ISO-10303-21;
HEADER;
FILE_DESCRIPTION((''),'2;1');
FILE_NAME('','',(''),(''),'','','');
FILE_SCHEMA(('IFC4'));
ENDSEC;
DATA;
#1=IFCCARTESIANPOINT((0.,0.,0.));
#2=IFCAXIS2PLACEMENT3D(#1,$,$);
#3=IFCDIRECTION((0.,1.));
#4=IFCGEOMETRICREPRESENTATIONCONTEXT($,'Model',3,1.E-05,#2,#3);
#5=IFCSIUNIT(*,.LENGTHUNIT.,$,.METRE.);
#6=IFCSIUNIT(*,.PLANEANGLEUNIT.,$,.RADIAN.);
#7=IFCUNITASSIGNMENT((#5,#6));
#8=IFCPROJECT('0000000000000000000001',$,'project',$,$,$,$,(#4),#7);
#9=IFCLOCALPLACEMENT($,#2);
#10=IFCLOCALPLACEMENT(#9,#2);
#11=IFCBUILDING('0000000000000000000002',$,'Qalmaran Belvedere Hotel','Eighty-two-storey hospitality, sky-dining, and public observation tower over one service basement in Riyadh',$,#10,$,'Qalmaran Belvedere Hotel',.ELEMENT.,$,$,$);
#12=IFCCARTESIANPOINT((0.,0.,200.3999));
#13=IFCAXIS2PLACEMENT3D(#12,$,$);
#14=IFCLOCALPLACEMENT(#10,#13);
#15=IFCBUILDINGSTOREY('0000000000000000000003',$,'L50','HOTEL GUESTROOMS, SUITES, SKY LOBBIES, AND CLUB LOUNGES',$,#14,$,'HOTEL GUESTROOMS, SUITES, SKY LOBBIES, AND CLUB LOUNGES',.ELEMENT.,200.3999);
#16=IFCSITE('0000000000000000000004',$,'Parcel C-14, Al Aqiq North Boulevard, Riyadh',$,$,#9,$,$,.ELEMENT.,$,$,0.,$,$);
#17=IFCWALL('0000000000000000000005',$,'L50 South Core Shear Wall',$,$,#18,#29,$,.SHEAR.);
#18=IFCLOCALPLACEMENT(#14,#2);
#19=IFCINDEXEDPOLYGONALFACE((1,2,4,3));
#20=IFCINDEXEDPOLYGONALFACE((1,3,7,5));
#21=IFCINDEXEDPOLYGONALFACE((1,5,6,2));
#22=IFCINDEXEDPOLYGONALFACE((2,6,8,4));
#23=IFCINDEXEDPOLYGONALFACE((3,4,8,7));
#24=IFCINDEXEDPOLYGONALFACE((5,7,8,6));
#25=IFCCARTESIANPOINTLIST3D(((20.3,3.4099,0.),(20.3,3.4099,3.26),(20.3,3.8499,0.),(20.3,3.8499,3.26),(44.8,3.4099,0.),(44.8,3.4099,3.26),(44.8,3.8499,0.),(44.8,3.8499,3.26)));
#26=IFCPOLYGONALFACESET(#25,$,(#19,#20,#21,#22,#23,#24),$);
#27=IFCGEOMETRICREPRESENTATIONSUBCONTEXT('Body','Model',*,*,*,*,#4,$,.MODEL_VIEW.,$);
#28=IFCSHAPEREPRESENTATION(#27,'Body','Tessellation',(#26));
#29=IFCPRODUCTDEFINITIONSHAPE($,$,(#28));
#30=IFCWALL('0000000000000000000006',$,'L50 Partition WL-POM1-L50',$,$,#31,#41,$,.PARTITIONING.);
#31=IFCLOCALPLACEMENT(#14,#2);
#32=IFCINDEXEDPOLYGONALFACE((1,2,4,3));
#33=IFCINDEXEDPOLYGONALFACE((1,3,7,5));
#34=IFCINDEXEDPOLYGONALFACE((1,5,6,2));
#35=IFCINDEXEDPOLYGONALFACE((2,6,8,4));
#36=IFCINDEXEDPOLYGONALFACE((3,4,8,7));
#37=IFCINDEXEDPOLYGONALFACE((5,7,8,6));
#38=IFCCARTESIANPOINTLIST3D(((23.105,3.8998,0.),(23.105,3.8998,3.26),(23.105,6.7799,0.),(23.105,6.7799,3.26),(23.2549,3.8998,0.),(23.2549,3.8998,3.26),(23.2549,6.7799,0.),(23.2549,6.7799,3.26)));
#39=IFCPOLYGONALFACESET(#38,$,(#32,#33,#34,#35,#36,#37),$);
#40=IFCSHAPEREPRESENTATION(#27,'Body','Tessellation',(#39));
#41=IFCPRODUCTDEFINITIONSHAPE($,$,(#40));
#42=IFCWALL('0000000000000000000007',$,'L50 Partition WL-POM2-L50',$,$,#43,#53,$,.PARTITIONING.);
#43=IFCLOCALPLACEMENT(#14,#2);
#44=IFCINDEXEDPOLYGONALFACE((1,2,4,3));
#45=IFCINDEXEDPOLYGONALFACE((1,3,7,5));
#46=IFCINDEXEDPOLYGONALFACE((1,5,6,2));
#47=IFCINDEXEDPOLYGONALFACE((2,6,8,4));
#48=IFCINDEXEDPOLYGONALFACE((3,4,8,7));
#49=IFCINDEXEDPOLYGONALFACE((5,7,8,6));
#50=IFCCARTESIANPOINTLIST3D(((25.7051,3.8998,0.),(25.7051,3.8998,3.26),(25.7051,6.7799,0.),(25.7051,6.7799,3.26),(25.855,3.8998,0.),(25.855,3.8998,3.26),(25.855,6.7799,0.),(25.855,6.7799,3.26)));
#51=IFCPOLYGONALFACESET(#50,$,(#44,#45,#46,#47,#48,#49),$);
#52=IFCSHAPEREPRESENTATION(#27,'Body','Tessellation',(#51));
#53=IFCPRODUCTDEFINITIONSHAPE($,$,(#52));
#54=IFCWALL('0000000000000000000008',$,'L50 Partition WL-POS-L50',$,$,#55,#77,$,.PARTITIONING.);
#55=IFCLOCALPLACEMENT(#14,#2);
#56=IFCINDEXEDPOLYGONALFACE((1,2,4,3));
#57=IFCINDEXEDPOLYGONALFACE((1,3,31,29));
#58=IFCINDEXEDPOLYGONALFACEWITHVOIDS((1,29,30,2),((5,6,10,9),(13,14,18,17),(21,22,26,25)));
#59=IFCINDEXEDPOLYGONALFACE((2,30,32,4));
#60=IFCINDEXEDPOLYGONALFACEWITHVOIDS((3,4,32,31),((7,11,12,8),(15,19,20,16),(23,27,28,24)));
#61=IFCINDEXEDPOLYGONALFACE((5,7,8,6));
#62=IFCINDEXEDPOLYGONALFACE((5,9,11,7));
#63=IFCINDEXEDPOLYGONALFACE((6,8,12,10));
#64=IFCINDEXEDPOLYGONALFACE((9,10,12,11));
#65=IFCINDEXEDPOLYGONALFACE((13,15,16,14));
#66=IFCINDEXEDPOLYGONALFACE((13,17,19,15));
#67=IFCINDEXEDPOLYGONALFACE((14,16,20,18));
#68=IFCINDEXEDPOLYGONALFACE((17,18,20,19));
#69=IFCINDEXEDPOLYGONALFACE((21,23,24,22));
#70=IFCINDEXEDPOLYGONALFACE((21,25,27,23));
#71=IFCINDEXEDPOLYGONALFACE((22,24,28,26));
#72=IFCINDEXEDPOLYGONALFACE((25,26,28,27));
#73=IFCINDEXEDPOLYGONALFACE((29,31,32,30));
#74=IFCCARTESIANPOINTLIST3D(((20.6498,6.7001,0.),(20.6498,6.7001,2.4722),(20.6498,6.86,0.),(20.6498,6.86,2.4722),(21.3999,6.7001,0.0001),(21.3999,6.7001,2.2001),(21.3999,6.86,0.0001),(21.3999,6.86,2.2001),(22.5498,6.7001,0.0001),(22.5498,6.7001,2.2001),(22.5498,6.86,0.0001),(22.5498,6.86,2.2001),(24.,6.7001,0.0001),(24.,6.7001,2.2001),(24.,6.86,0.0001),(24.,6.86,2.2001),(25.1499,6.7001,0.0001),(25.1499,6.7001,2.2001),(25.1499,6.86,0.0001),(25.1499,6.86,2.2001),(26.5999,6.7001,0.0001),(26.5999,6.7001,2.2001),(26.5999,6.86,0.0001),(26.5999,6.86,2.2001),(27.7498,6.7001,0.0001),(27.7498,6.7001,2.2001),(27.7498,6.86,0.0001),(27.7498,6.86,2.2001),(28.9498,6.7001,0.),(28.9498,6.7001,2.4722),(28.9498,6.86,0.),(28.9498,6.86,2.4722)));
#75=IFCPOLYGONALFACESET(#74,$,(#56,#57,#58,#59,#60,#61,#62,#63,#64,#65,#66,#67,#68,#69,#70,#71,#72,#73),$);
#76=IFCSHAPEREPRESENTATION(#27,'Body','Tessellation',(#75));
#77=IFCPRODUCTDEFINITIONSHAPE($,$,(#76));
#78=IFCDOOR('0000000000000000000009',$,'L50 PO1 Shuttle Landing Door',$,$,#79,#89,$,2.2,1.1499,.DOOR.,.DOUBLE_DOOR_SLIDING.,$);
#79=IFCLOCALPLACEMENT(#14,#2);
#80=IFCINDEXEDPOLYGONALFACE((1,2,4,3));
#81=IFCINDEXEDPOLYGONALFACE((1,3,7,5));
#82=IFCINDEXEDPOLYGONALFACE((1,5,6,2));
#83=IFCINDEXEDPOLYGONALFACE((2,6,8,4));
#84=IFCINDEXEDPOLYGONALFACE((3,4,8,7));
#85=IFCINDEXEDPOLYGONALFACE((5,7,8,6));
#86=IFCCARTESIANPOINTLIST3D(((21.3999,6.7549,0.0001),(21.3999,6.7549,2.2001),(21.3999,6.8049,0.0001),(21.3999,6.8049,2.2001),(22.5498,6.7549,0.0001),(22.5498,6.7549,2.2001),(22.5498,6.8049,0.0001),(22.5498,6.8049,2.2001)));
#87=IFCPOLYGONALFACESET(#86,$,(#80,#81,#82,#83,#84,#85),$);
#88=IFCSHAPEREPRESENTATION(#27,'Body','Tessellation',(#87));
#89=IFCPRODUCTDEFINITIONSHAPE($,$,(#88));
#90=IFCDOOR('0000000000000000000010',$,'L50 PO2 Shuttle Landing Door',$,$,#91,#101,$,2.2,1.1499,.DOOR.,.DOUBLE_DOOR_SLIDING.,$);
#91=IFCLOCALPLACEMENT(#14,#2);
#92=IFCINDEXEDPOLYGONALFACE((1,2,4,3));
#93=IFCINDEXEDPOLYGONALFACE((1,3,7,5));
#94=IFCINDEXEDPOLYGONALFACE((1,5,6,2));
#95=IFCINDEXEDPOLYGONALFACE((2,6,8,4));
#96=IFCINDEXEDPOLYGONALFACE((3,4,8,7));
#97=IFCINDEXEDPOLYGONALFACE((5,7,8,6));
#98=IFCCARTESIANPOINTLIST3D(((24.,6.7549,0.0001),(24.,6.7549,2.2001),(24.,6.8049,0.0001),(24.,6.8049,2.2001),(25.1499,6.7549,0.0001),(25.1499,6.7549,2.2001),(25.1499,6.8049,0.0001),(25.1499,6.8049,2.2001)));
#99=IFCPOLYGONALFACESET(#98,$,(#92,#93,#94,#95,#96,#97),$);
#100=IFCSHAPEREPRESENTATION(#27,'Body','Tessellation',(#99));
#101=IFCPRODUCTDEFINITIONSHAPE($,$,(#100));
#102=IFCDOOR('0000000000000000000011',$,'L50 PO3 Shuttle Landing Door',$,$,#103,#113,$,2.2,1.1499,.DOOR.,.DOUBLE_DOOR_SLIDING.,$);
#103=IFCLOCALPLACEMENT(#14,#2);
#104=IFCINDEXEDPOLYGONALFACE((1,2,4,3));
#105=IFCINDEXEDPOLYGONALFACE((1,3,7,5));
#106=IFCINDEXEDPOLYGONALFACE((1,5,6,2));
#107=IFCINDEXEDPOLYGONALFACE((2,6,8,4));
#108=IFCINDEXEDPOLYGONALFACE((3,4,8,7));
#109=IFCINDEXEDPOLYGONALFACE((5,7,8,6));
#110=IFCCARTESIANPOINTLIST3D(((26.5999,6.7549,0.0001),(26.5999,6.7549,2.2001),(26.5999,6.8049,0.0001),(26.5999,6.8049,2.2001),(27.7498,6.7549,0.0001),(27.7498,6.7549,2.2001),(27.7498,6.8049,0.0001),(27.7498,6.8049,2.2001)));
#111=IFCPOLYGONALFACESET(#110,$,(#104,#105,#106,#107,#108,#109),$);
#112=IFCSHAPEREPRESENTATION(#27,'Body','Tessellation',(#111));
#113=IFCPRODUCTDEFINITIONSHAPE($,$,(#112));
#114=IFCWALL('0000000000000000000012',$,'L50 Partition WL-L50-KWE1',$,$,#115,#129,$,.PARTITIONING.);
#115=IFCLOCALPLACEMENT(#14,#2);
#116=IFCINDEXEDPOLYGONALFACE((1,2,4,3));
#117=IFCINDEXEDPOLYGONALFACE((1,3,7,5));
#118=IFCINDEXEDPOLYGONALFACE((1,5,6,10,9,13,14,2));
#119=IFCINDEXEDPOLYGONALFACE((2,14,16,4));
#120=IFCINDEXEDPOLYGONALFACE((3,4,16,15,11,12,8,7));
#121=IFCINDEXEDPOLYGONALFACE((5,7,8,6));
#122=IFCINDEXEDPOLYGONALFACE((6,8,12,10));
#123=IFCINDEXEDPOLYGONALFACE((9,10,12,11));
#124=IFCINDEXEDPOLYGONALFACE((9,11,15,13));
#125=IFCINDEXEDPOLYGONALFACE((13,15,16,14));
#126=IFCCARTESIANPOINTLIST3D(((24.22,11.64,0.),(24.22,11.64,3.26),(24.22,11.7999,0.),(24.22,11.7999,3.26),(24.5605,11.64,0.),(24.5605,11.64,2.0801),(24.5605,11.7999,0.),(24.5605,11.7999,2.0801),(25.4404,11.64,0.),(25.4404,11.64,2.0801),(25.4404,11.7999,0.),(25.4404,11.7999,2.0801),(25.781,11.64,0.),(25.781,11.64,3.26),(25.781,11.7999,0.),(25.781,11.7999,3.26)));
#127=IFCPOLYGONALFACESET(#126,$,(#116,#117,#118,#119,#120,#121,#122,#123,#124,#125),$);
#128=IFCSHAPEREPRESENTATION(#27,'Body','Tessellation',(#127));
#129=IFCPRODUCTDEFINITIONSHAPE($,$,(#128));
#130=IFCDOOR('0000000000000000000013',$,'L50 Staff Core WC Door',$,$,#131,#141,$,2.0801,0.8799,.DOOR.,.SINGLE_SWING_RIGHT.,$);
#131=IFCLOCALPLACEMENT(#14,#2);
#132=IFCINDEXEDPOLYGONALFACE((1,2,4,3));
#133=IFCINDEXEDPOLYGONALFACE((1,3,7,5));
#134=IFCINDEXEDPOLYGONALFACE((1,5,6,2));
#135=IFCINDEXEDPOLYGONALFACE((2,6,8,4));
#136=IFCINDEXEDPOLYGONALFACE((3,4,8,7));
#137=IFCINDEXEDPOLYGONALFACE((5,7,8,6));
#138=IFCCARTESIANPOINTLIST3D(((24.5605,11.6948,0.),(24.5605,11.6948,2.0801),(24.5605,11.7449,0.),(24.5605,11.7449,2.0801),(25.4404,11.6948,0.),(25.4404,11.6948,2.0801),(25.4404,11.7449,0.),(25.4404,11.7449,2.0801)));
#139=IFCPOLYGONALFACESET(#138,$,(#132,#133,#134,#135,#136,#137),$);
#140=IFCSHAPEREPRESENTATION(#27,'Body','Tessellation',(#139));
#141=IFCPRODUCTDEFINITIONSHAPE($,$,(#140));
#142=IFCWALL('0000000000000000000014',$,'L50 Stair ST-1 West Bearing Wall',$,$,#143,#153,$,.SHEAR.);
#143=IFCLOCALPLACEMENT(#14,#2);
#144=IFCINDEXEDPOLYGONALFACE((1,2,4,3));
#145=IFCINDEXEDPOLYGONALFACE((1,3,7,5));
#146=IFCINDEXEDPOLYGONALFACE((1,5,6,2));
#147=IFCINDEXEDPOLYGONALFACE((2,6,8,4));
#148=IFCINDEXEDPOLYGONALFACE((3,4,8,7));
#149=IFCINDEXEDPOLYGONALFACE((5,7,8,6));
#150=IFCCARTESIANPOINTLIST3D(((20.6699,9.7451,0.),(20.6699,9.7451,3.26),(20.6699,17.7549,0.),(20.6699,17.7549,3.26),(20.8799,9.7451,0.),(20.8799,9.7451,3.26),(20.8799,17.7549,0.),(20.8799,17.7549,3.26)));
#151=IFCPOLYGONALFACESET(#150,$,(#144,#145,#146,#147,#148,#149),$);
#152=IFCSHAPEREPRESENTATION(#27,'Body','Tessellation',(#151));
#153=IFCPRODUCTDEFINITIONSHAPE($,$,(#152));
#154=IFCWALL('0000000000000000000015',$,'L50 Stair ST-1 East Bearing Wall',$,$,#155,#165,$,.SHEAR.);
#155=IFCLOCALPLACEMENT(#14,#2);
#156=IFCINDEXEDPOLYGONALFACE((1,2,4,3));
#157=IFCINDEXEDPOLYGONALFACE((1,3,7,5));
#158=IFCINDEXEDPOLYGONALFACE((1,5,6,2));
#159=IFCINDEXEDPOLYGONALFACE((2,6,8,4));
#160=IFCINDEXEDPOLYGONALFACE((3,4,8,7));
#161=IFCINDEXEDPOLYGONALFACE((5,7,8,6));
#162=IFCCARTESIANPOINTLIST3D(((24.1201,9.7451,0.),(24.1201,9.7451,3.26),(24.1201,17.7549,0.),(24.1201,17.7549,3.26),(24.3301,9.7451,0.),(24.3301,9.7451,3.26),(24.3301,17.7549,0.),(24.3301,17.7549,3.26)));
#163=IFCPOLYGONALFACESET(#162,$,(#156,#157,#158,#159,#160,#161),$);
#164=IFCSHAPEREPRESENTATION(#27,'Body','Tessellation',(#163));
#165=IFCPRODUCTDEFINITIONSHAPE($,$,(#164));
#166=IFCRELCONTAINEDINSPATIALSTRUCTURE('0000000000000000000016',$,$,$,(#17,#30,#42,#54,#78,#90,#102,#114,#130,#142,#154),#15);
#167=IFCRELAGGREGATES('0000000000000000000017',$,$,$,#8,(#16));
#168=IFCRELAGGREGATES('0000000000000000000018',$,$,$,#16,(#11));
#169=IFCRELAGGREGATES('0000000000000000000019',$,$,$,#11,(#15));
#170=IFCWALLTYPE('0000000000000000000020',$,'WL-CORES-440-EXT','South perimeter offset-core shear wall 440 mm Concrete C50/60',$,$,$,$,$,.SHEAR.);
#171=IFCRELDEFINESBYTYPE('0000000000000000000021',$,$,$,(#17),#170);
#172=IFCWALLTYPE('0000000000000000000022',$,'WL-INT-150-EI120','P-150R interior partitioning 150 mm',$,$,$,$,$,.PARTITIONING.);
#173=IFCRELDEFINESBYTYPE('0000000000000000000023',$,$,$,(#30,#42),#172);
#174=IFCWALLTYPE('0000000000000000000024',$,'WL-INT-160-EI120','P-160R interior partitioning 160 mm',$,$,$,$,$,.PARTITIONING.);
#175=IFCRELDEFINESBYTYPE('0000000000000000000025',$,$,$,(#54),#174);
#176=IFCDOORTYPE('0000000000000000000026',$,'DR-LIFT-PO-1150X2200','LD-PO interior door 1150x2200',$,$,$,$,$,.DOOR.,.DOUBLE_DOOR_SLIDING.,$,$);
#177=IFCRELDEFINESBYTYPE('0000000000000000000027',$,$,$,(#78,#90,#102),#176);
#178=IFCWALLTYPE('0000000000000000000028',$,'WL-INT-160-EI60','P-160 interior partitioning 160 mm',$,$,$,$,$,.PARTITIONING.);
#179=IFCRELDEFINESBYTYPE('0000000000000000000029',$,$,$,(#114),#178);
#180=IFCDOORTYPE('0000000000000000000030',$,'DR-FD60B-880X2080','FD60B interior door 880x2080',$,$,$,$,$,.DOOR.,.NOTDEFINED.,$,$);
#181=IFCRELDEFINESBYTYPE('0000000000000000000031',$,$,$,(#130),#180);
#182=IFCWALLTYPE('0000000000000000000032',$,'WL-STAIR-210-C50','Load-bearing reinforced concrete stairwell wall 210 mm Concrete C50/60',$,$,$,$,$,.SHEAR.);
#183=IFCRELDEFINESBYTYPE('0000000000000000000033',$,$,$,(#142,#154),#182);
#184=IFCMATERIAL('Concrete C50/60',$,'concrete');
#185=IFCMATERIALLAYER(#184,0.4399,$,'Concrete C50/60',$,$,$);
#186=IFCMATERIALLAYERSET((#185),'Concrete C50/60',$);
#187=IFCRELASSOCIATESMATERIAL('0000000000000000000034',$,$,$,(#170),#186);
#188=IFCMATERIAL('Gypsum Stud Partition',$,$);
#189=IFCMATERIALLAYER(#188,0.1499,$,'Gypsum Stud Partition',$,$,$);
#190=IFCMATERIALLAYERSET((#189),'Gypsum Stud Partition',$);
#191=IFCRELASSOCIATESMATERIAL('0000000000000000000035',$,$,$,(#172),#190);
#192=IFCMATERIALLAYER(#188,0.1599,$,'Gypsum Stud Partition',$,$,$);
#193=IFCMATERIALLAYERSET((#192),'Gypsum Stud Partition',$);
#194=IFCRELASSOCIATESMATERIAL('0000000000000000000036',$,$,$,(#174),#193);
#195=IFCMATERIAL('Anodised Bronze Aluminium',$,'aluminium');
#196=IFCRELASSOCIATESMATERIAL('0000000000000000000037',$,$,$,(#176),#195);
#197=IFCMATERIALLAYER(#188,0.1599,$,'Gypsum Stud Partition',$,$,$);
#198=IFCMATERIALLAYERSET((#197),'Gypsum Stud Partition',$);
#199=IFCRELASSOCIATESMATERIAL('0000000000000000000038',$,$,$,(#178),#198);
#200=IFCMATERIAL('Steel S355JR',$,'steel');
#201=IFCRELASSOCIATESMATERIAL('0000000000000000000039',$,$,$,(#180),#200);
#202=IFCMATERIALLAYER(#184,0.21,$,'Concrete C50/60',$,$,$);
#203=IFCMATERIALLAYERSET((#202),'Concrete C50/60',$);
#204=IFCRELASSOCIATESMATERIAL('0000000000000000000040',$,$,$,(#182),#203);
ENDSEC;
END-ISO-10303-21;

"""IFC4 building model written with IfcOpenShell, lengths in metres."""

from ifc_helpers import new_model, si_unit, direction, frame, frame_2d, origin, place, context, subcontext, project, spatial, rectangle, extrude, material, layer, layer_set, type_object, element, fill, save


model = new_model("IFC4")

# Units and contexts
model_context = context("Model", 3, precision=1e-05, world=origin(), true_north=direction((0.0, 1.0)))
body_context = subcontext(model_context, "Body", "Model", "MODEL_VIEW")
ifc_project = project(units=[si_unit("LENGTHUNIT", "METRE"), si_unit("PLANEANGLEUNIT", "RADIAN")], contexts=[model_context])

# Site, building, storey
site_placement = place(None, origin())
site = spatial("IfcSite", under=ifc_project, at=site_placement, Name="Parcel C-14, Al Aqiq North Boulevard, Riyadh", CompositionType="ELEMENT", RefElevation=0.0)
building_placement = place(site_placement, origin())
building = spatial("IfcBuilding", under=site, at=building_placement, Name="Qalmaran Belvedere Hotel", Description="Eighty-two-storey hospitality, sky-dining, and public observation tower over one service basement in Riyadh", LongName="Qalmaran Belvedere Hotel", CompositionType="ELEMENT")
storey_placement = place(building_placement, frame((0.0, 0.0, 200.3999)))
storey = spatial("IfcBuildingStorey", under=building, at=storey_placement, Name="L50", Description="HOTEL GUESTROOMS, SUITES, SKY LOBBIES, AND CLUB LOUNGES", LongName="HOTEL GUESTROOMS, SUITES, SKY LOBBIES, AND CLUB LOUNGES", CompositionType="ELEMENT", Elevation=200.3999)

# Shared definitions
ifc_material_1 = material(Name="Concrete C50/60", Category="concrete")

# Shared definitions
ifc_material_2 = material(Name="Steel S355JR", Category="steel")

# Shared definitions
ifc_material_3 = material(Name="Anodised Bronze Aluminium", Category="aluminium")

# Walls
ifc_layer_1 = layer(ifc_material_1, 0.4399, Name="Concrete C50/60")
ifc_layer_set_1 = layer_set([ifc_layer_1], Name="Concrete C50/60")
wall_type_1 = type_object("IfcWallType", Name="WL-CORES-440-EXT", Description="South perimeter offset-core shear wall 440 mm Concrete C50/60", PredefinedType="SHEAR", material=ifc_layer_set_1)
wall_1_placement = place(storey_placement, frame((20.3, 3.6299, 0.0), z_axis=(0.0, 0.0, 1.0), x_axis=(1.0, 0.0, 0.0)))
element("IfcWall", 1, at=wall_1_placement, inside=storey, type_object=wall_type_1, Name="L50 South Core Shear Wall", PredefinedType="SHEAR", context=body_context, shape_type="SweptSolid", body=[
    extrude(rectangle(XDim=24.5, YDim=0.4399, at=frame_2d((12.25, 0.0))), origin(), (0.0, 0.0, 1.0), 3.26),
])
ifc_material_4 = material(Name="Gypsum Stud Partition")
ifc_layer_2 = layer(ifc_material_4, 0.1499, Name="Gypsum Stud Partition")
ifc_layer_set_2 = layer_set([ifc_layer_2], Name="Gypsum Stud Partition")
wall_type_2 = type_object("IfcWallType", Name="WL-INT-150-EI120", Description="P-150R interior partitioning 150 mm", PredefinedType="PARTITIONING", material=ifc_layer_set_2)
for number, where, z_axis, x_axis, name in (
    (2, (23.1799, 3.8999, 0.0), (0.0, 0.0, 1.0), (0.0, 1.0, 0.0), "L50 Partition WL-POM1-L50"),
    (3, (25.78, 3.8999, 0.0), (0.0, 0.0, 1.0), (0.0, 1.0, 0.0), "L50 Partition WL-POM2-L50"),
):
    element("IfcWall", number, at=place(storey_placement, frame(where, z_axis=z_axis, x_axis=x_axis)), inside=storey, type_object=wall_type_2, Name=name, PredefinedType="PARTITIONING", context=body_context, shape_type="SweptSolid", body=[
        extrude(rectangle(XDim=2.8801, YDim=0.1499, at=frame_2d((1.4399, 0.0))), origin(), (0.0, 0.0, 1.0), 3.26),
    ])

# Wall, openings, doors
ifc_layer_3 = layer(ifc_material_4, 0.1599, Name="Gypsum Stud Partition")
ifc_layer_set_3 = layer_set([ifc_layer_3], Name="Gypsum Stud Partition")
wall_type_3 = type_object("IfcWallType", Name="WL-INT-160-EI120", Description="P-160R interior partitioning 160 mm", PredefinedType="PARTITIONING", material=ifc_layer_set_3)
wall_2_placement = place(storey_placement, frame((20.6499, 6.78, 0.0), z_axis=(0.0, 0.0, 1.0), x_axis=(1.0, 0.0, 0.0)))
wall_2 = element("IfcWall", 4, at=wall_2_placement, inside=storey, type_object=wall_type_3, Name="L50 Partition WL-POS-L50", PredefinedType="PARTITIONING", context=body_context, shape_type="SweptSolid", body=[
    extrude(rectangle(XDim=8.3, YDim=0.1599, at=frame_2d((4.1499, 0.0))), origin(), (0.0, 0.0, 1.0), 2.4722),
])
opening_1_placement = place(wall_2_placement, frame((0.75, 0.0, 0.0)))
opening_1 = element("IfcOpeningElement", 5, at=opening_1_placement, cuts=wall_2, PredefinedType="OPENING", context=body_context, shape_type="SweptSolid", body=[
    extrude(rectangle(XDim=1.1499, YDim=2.2, at=frame_2d((0.575, 1.1001))), frame((0.0, 0.0898, 0.0), z_axis=(0.0, -1.0, 0.0), x_axis=(1.0, 0.0, 0.0)), (0.0, 0.0, 1.0), 0.1799),
])
opening_2_placement = place(wall_2_placement, frame((3.3501, 0.0, 0.0)))
opening_2 = element("IfcOpeningElement", 6, at=opening_2_placement, cuts=wall_2, PredefinedType="OPENING", context=body_context, shape_type="SweptSolid", body=[
    extrude(rectangle(XDim=1.1499, YDim=2.2, at=frame_2d((0.575, 1.1001))), frame((0.0, 0.0898, 0.0), z_axis=(0.0, -1.0, 0.0), x_axis=(1.0, 0.0, 0.0)), (0.0, 0.0, 1.0), 0.1799),
])
opening_3_placement = place(wall_2_placement, frame((5.95, 0.0, 0.0)))
opening_3 = element("IfcOpeningElement", 7, at=opening_3_placement, cuts=wall_2, PredefinedType="OPENING", context=body_context, shape_type="SweptSolid", body=[
    extrude(rectangle(XDim=1.1499, YDim=2.2, at=frame_2d((0.575, 1.1001))), frame((0.0, 0.0898, 0.0), z_axis=(0.0, -1.0, 0.0), x_axis=(1.0, 0.0, 0.0)), (0.0, 0.0, 1.0), 0.1799),
])
door_type_1 = type_object("IfcDoorType", Name="DR-LIFT-PO-1150X2200", Description="LD-PO interior door 1150x2200", OperationType="DOUBLE_DOOR_SLIDING", PredefinedType="DOOR", material=ifc_material_3)
door_1_placement = place(opening_1_placement, origin())
door_1 = element("IfcDoor", 8, at=door_1_placement, inside=storey, type_object=door_type_1, Name="L50 PO1 Shuttle Landing Door", OperationType="DOUBLE_DOOR_SLIDING", OverallHeight=2.2, OverallWidth=1.1499, PredefinedType="DOOR", context=body_context, shape_type="SweptSolid", body=[
    extrude(rectangle(XDim=1.1499, YDim=2.2, at=frame_2d((0.575, 1.1001))), frame((0.0, 0.0249, 0.0), z_axis=(0.0, -1.0, 0.0), x_axis=(1.0, 0.0, 0.0)), (0.0, 0.0, 1.0), 0.05),
])
fill(opening_1, door_1)
door_2_placement = place(opening_2_placement, origin())
door_2 = element("IfcDoor", 9, at=door_2_placement, inside=storey, type_object=door_type_1, Name="L50 PO2 Shuttle Landing Door", OperationType="DOUBLE_DOOR_SLIDING", OverallHeight=2.2, OverallWidth=1.1499, PredefinedType="DOOR", context=body_context, shape_type="SweptSolid", body=[
    extrude(rectangle(XDim=1.1499, YDim=2.2, at=frame_2d((0.575, 1.1001))), frame((0.0, 0.0249, 0.0), z_axis=(0.0, -1.0, 0.0), x_axis=(1.0, 0.0, 0.0)), (0.0, 0.0, 1.0), 0.05),
])
fill(opening_2, door_2)
door_3_placement = place(opening_3_placement, origin())
door_3 = element("IfcDoor", 10, at=door_3_placement, inside=storey, type_object=door_type_1, Name="L50 PO3 Shuttle Landing Door", OperationType="DOUBLE_DOOR_SLIDING", OverallHeight=2.2, OverallWidth=1.1499, PredefinedType="DOOR", context=body_context, shape_type="SweptSolid", body=[
    extrude(rectangle(XDim=1.1499, YDim=2.2, at=frame_2d((0.575, 1.1001))), frame((0.0, 0.0249, 0.0), z_axis=(0.0, -1.0, 0.0), x_axis=(1.0, 0.0, 0.0)), (0.0, 0.0, 1.0), 0.05),
])
fill(opening_3, door_3)

# Wall, opening, door
ifc_layer_4 = layer(ifc_material_4, 0.1599, Name="Gypsum Stud Partition")
ifc_layer_set_4 = layer_set([ifc_layer_4], Name="Gypsum Stud Partition")
wall_type_4 = type_object("IfcWallType", Name="WL-INT-160-EI60", Description="P-160 interior partitioning 160 mm", PredefinedType="PARTITIONING", material=ifc_layer_set_4)
wall_3_placement = place(storey_placement, frame((24.22, 11.72, 0.0), z_axis=(0.0, 0.0, 1.0), x_axis=(1.0, 0.0, 0.0)))
wall_3 = element("IfcWall", 11, at=wall_3_placement, inside=storey, type_object=wall_type_4, Name="L50 Partition WL-L50-KWE1", PredefinedType="PARTITIONING", context=body_context, shape_type="SweptSolid", body=[
    extrude(rectangle(XDim=1.561, YDim=0.1599, at=frame_2d((0.7805, 0.0))), origin(), (0.0, 0.0, 1.0), 3.26),
])
opening_4_placement = place(wall_3_placement, frame((0.3406, 0.0, 0.0)))
opening_4 = element("IfcOpeningElement", 12, at=opening_4_placement, cuts=wall_3, PredefinedType="OPENING", context=body_context, shape_type="SweptSolid", body=[
    extrude(rectangle(XDim=0.8799, YDim=2.0801, at=frame_2d((0.4399, 1.04))), frame((0.0, 0.0898, 0.0), z_axis=(0.0, -1.0, 0.0), x_axis=(1.0, 0.0, 0.0)), (0.0, 0.0, 1.0), 0.1799),
])
door_type_2 = type_object("IfcDoorType", Name="DR-FD60B-880X2080", Description="FD60B interior door 880x2080", OperationType="NOTDEFINED", PredefinedType="DOOR", material=ifc_material_2)
door_4_placement = place(opening_4_placement, origin())
door_4 = element("IfcDoor", 13, at=door_4_placement, inside=storey, type_object=door_type_2, Name="L50 Staff Core WC Door", OperationType="SINGLE_SWING_RIGHT", OverallHeight=2.0801, OverallWidth=0.8799, PredefinedType="DOOR", context=body_context, shape_type="SweptSolid", body=[
    extrude(rectangle(XDim=0.8799, YDim=2.0801, at=frame_2d((0.4399, 1.04))), frame((0.0, 0.0249, 0.0), z_axis=(0.0, -1.0, 0.0), x_axis=(1.0, 0.0, 0.0)), (0.0, 0.0, 1.0), 0.05),
])
fill(opening_4, door_4)

# Walls
ifc_layer_5 = layer(ifc_material_1, 0.21, Name="Concrete C50/60")
ifc_layer_set_5 = layer_set([ifc_layer_5], Name="Concrete C50/60")
wall_type_5 = type_object("IfcWallType", Name="WL-STAIR-210-C50", Description="Load-bearing reinforced concrete stairwell wall 210 mm Concrete C50/60", PredefinedType="SHEAR", material=ifc_layer_set_5)
for number, where, z_axis, x_axis, name in (
    (14, (20.7749, 9.7451, 0.0), (0.0, 0.0, 1.0), (0.0, 1.0, 0.0), "L50 Stair ST-1 West Bearing Wall"),
    (15, (24.2251, 9.7451, 0.0), (0.0, 0.0, 1.0), (0.0, 1.0, 0.0), "L50 Stair ST-1 East Bearing Wall"),
):
    element("IfcWall", number, at=place(storey_placement, frame(where, z_axis=z_axis, x_axis=x_axis)), inside=storey, type_object=wall_type_5, Name=name, PredefinedType="SHEAR", context=body_context, shape_type="SweptSolid", body=[
        extrude(rectangle(XDim=8.0098, YDim=0.21, at=frame_2d((4.0049, 0.0))), origin(), (0.0, 0.0, 1.0), 3.26),
    ])

save(model, "model.ifc")
